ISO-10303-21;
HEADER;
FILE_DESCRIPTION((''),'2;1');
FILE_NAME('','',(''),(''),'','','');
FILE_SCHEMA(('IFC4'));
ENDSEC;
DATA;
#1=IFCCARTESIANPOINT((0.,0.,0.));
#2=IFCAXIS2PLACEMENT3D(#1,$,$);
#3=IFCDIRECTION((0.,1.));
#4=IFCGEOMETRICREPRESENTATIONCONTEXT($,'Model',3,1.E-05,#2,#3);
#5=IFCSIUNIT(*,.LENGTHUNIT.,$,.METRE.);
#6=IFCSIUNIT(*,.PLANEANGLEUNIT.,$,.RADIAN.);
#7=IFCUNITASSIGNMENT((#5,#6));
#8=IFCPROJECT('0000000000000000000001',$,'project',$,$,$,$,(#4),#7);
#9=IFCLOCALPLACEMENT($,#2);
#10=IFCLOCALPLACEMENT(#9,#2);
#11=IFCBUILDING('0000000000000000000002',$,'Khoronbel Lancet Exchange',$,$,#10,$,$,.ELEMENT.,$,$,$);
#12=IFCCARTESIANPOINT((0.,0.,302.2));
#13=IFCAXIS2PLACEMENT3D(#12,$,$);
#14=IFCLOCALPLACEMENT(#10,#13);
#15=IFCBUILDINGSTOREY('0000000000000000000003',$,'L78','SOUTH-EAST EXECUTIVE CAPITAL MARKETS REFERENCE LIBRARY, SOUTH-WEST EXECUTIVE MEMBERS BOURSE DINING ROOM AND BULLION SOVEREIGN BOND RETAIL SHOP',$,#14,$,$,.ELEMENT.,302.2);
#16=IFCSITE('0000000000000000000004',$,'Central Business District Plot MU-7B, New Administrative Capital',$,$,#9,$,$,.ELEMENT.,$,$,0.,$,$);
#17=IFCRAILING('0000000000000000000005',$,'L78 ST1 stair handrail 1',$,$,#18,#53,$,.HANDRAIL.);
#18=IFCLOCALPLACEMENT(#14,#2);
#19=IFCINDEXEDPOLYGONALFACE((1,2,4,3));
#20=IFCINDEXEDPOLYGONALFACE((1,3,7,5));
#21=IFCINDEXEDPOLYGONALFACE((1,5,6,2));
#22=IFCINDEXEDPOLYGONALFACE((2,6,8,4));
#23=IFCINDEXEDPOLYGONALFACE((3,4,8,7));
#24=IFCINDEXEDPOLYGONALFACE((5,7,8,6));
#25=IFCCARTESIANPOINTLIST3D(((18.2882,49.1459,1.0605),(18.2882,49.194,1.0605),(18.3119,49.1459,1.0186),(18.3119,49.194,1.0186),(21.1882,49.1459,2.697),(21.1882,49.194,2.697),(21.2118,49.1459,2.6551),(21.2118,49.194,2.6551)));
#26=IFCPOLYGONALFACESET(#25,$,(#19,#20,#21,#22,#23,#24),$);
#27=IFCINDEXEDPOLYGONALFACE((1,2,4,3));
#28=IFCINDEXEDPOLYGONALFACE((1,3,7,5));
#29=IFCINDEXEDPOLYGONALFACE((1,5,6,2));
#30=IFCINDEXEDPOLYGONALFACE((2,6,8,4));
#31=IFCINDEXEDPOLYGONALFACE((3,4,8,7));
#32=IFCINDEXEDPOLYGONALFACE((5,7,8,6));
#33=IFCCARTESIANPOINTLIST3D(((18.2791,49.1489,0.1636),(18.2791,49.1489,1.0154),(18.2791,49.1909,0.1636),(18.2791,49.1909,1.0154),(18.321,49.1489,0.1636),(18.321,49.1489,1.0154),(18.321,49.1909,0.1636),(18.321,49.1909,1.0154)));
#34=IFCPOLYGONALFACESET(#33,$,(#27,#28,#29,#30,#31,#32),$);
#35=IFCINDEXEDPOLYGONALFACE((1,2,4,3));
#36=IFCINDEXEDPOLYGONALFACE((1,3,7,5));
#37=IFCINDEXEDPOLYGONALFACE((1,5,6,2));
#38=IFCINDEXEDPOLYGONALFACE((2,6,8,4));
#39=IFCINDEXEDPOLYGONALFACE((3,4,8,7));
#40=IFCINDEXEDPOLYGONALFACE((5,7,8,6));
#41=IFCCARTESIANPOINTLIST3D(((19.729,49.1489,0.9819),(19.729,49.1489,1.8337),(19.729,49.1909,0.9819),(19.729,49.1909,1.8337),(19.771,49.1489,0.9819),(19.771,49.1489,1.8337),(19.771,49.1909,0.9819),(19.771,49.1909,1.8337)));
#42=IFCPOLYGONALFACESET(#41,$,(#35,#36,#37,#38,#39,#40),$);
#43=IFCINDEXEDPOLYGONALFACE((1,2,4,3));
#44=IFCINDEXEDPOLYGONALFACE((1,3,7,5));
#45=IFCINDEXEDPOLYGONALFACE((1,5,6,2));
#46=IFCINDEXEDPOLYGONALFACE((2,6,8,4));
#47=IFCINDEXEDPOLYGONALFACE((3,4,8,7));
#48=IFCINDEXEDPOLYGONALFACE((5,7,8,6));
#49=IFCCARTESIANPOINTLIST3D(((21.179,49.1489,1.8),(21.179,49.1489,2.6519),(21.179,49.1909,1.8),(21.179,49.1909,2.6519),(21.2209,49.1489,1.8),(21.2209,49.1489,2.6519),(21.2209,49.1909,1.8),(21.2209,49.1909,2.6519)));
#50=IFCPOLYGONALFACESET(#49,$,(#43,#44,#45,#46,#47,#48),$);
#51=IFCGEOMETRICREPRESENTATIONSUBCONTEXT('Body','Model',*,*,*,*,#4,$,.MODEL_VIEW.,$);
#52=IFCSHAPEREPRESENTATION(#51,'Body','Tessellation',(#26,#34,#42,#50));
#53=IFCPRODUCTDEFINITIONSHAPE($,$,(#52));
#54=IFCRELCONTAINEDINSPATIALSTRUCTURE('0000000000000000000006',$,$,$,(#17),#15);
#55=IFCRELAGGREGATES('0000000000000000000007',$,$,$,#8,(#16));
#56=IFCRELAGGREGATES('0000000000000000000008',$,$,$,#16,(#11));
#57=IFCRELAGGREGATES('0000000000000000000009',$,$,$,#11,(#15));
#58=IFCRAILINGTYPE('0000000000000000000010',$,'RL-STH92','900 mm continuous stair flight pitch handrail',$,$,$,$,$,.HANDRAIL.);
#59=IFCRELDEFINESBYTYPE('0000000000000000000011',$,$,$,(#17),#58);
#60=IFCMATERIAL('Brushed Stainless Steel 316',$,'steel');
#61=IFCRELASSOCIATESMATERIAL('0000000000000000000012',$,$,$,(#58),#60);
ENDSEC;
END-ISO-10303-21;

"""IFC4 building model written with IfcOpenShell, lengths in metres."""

from ifc_helpers import new_model, si_unit, direction, frame, origin, origin_2d, place, context, subcontext, project, spatial, rectangle, extrude, material, type_object, element, save


model = new_model("IFC4")

# Units and contexts
model_context = context("Model", 3, precision=1e-05, world=origin(), true_north=direction((0.0, 1.0)))
body_context = subcontext(model_context, "Body", "Model", "MODEL_VIEW")
ifc_project = project(units=[si_unit("LENGTHUNIT", "METRE"), si_unit("PLANEANGLEUNIT", "RADIAN")], contexts=[model_context])

# Site, building, storey
site_placement = place(None, origin())
site = spatial("IfcSite", under=ifc_project, at=site_placement, Name="Central Business District Plot MU-7B, New Administrative Capital", CompositionType="ELEMENT", RefElevation=0.0)
building_placement = place(site_placement, origin())
building = spatial("IfcBuilding", under=site, at=building_placement, Name="Khoronbel Lancet Exchange", CompositionType="ELEMENT")
storey_placement = place(building_placement, frame((0.0, 0.0, 302.2)))
storey = spatial("IfcBuildingStorey", under=building, at=storey_placement, Name="L78", Description="SOUTH-EAST EXECUTIVE CAPITAL MARKETS REFERENCE LIBRARY, SOUTH-WEST EXECUTIVE MEMBERS BOURSE DINING ROOM AND BULLION SOVEREIGN BOND RETAIL SHOP", CompositionType="ELEMENT", Elevation=302.2)

# Railing
ifc_material_1 = material(Name="Brushed Stainless Steel 316", Category="steel")
railing_type_1 = type_object("IfcRailingType", Name="RL-STH92", Description="900 mm continuous stair flight pitch handrail", PredefinedType="HANDRAIL", material=ifc_material_1)
railing_1_placement = place(storey_placement, frame((18.3, 49.1699, 0.1636)))
element("IfcRailing", 1, at=railing_1_placement, inside=storey, type_object=railing_type_1, Name="L78 ST1 stair handrail 1", PredefinedType="HANDRAIL", context=body_context, shape_type="SweptSolid", body=[
    extrude(rectangle(XDim=0.0481, YDim=0.0481, at=origin_2d()), frame((0.0, 0.0, 0.876), z_axis=(0.870897, 0.0, 0.491465), x_axis=(0.0, 1.0, 0.0)), (0.0, 0.0, 1.0), 3.3298),
    extrude(rectangle(XDim=0.042, YDim=0.042, at=origin_2d()), origin(), (0.0, 0.0, 1.0), 0.8518),
    extrude(rectangle(XDim=0.042, YDim=0.042, at=origin_2d()), frame((1.45, 0.0, 0.8184)), (0.0, 0.0, 1.0), 0.8518),
    extrude(rectangle(XDim=0.042, YDim=0.042, at=origin_2d()), frame((2.8999, 0.0, 1.6365)), (0.0, 0.0, 1.0), 0.8518),
])

save(model, "model.ifc")
